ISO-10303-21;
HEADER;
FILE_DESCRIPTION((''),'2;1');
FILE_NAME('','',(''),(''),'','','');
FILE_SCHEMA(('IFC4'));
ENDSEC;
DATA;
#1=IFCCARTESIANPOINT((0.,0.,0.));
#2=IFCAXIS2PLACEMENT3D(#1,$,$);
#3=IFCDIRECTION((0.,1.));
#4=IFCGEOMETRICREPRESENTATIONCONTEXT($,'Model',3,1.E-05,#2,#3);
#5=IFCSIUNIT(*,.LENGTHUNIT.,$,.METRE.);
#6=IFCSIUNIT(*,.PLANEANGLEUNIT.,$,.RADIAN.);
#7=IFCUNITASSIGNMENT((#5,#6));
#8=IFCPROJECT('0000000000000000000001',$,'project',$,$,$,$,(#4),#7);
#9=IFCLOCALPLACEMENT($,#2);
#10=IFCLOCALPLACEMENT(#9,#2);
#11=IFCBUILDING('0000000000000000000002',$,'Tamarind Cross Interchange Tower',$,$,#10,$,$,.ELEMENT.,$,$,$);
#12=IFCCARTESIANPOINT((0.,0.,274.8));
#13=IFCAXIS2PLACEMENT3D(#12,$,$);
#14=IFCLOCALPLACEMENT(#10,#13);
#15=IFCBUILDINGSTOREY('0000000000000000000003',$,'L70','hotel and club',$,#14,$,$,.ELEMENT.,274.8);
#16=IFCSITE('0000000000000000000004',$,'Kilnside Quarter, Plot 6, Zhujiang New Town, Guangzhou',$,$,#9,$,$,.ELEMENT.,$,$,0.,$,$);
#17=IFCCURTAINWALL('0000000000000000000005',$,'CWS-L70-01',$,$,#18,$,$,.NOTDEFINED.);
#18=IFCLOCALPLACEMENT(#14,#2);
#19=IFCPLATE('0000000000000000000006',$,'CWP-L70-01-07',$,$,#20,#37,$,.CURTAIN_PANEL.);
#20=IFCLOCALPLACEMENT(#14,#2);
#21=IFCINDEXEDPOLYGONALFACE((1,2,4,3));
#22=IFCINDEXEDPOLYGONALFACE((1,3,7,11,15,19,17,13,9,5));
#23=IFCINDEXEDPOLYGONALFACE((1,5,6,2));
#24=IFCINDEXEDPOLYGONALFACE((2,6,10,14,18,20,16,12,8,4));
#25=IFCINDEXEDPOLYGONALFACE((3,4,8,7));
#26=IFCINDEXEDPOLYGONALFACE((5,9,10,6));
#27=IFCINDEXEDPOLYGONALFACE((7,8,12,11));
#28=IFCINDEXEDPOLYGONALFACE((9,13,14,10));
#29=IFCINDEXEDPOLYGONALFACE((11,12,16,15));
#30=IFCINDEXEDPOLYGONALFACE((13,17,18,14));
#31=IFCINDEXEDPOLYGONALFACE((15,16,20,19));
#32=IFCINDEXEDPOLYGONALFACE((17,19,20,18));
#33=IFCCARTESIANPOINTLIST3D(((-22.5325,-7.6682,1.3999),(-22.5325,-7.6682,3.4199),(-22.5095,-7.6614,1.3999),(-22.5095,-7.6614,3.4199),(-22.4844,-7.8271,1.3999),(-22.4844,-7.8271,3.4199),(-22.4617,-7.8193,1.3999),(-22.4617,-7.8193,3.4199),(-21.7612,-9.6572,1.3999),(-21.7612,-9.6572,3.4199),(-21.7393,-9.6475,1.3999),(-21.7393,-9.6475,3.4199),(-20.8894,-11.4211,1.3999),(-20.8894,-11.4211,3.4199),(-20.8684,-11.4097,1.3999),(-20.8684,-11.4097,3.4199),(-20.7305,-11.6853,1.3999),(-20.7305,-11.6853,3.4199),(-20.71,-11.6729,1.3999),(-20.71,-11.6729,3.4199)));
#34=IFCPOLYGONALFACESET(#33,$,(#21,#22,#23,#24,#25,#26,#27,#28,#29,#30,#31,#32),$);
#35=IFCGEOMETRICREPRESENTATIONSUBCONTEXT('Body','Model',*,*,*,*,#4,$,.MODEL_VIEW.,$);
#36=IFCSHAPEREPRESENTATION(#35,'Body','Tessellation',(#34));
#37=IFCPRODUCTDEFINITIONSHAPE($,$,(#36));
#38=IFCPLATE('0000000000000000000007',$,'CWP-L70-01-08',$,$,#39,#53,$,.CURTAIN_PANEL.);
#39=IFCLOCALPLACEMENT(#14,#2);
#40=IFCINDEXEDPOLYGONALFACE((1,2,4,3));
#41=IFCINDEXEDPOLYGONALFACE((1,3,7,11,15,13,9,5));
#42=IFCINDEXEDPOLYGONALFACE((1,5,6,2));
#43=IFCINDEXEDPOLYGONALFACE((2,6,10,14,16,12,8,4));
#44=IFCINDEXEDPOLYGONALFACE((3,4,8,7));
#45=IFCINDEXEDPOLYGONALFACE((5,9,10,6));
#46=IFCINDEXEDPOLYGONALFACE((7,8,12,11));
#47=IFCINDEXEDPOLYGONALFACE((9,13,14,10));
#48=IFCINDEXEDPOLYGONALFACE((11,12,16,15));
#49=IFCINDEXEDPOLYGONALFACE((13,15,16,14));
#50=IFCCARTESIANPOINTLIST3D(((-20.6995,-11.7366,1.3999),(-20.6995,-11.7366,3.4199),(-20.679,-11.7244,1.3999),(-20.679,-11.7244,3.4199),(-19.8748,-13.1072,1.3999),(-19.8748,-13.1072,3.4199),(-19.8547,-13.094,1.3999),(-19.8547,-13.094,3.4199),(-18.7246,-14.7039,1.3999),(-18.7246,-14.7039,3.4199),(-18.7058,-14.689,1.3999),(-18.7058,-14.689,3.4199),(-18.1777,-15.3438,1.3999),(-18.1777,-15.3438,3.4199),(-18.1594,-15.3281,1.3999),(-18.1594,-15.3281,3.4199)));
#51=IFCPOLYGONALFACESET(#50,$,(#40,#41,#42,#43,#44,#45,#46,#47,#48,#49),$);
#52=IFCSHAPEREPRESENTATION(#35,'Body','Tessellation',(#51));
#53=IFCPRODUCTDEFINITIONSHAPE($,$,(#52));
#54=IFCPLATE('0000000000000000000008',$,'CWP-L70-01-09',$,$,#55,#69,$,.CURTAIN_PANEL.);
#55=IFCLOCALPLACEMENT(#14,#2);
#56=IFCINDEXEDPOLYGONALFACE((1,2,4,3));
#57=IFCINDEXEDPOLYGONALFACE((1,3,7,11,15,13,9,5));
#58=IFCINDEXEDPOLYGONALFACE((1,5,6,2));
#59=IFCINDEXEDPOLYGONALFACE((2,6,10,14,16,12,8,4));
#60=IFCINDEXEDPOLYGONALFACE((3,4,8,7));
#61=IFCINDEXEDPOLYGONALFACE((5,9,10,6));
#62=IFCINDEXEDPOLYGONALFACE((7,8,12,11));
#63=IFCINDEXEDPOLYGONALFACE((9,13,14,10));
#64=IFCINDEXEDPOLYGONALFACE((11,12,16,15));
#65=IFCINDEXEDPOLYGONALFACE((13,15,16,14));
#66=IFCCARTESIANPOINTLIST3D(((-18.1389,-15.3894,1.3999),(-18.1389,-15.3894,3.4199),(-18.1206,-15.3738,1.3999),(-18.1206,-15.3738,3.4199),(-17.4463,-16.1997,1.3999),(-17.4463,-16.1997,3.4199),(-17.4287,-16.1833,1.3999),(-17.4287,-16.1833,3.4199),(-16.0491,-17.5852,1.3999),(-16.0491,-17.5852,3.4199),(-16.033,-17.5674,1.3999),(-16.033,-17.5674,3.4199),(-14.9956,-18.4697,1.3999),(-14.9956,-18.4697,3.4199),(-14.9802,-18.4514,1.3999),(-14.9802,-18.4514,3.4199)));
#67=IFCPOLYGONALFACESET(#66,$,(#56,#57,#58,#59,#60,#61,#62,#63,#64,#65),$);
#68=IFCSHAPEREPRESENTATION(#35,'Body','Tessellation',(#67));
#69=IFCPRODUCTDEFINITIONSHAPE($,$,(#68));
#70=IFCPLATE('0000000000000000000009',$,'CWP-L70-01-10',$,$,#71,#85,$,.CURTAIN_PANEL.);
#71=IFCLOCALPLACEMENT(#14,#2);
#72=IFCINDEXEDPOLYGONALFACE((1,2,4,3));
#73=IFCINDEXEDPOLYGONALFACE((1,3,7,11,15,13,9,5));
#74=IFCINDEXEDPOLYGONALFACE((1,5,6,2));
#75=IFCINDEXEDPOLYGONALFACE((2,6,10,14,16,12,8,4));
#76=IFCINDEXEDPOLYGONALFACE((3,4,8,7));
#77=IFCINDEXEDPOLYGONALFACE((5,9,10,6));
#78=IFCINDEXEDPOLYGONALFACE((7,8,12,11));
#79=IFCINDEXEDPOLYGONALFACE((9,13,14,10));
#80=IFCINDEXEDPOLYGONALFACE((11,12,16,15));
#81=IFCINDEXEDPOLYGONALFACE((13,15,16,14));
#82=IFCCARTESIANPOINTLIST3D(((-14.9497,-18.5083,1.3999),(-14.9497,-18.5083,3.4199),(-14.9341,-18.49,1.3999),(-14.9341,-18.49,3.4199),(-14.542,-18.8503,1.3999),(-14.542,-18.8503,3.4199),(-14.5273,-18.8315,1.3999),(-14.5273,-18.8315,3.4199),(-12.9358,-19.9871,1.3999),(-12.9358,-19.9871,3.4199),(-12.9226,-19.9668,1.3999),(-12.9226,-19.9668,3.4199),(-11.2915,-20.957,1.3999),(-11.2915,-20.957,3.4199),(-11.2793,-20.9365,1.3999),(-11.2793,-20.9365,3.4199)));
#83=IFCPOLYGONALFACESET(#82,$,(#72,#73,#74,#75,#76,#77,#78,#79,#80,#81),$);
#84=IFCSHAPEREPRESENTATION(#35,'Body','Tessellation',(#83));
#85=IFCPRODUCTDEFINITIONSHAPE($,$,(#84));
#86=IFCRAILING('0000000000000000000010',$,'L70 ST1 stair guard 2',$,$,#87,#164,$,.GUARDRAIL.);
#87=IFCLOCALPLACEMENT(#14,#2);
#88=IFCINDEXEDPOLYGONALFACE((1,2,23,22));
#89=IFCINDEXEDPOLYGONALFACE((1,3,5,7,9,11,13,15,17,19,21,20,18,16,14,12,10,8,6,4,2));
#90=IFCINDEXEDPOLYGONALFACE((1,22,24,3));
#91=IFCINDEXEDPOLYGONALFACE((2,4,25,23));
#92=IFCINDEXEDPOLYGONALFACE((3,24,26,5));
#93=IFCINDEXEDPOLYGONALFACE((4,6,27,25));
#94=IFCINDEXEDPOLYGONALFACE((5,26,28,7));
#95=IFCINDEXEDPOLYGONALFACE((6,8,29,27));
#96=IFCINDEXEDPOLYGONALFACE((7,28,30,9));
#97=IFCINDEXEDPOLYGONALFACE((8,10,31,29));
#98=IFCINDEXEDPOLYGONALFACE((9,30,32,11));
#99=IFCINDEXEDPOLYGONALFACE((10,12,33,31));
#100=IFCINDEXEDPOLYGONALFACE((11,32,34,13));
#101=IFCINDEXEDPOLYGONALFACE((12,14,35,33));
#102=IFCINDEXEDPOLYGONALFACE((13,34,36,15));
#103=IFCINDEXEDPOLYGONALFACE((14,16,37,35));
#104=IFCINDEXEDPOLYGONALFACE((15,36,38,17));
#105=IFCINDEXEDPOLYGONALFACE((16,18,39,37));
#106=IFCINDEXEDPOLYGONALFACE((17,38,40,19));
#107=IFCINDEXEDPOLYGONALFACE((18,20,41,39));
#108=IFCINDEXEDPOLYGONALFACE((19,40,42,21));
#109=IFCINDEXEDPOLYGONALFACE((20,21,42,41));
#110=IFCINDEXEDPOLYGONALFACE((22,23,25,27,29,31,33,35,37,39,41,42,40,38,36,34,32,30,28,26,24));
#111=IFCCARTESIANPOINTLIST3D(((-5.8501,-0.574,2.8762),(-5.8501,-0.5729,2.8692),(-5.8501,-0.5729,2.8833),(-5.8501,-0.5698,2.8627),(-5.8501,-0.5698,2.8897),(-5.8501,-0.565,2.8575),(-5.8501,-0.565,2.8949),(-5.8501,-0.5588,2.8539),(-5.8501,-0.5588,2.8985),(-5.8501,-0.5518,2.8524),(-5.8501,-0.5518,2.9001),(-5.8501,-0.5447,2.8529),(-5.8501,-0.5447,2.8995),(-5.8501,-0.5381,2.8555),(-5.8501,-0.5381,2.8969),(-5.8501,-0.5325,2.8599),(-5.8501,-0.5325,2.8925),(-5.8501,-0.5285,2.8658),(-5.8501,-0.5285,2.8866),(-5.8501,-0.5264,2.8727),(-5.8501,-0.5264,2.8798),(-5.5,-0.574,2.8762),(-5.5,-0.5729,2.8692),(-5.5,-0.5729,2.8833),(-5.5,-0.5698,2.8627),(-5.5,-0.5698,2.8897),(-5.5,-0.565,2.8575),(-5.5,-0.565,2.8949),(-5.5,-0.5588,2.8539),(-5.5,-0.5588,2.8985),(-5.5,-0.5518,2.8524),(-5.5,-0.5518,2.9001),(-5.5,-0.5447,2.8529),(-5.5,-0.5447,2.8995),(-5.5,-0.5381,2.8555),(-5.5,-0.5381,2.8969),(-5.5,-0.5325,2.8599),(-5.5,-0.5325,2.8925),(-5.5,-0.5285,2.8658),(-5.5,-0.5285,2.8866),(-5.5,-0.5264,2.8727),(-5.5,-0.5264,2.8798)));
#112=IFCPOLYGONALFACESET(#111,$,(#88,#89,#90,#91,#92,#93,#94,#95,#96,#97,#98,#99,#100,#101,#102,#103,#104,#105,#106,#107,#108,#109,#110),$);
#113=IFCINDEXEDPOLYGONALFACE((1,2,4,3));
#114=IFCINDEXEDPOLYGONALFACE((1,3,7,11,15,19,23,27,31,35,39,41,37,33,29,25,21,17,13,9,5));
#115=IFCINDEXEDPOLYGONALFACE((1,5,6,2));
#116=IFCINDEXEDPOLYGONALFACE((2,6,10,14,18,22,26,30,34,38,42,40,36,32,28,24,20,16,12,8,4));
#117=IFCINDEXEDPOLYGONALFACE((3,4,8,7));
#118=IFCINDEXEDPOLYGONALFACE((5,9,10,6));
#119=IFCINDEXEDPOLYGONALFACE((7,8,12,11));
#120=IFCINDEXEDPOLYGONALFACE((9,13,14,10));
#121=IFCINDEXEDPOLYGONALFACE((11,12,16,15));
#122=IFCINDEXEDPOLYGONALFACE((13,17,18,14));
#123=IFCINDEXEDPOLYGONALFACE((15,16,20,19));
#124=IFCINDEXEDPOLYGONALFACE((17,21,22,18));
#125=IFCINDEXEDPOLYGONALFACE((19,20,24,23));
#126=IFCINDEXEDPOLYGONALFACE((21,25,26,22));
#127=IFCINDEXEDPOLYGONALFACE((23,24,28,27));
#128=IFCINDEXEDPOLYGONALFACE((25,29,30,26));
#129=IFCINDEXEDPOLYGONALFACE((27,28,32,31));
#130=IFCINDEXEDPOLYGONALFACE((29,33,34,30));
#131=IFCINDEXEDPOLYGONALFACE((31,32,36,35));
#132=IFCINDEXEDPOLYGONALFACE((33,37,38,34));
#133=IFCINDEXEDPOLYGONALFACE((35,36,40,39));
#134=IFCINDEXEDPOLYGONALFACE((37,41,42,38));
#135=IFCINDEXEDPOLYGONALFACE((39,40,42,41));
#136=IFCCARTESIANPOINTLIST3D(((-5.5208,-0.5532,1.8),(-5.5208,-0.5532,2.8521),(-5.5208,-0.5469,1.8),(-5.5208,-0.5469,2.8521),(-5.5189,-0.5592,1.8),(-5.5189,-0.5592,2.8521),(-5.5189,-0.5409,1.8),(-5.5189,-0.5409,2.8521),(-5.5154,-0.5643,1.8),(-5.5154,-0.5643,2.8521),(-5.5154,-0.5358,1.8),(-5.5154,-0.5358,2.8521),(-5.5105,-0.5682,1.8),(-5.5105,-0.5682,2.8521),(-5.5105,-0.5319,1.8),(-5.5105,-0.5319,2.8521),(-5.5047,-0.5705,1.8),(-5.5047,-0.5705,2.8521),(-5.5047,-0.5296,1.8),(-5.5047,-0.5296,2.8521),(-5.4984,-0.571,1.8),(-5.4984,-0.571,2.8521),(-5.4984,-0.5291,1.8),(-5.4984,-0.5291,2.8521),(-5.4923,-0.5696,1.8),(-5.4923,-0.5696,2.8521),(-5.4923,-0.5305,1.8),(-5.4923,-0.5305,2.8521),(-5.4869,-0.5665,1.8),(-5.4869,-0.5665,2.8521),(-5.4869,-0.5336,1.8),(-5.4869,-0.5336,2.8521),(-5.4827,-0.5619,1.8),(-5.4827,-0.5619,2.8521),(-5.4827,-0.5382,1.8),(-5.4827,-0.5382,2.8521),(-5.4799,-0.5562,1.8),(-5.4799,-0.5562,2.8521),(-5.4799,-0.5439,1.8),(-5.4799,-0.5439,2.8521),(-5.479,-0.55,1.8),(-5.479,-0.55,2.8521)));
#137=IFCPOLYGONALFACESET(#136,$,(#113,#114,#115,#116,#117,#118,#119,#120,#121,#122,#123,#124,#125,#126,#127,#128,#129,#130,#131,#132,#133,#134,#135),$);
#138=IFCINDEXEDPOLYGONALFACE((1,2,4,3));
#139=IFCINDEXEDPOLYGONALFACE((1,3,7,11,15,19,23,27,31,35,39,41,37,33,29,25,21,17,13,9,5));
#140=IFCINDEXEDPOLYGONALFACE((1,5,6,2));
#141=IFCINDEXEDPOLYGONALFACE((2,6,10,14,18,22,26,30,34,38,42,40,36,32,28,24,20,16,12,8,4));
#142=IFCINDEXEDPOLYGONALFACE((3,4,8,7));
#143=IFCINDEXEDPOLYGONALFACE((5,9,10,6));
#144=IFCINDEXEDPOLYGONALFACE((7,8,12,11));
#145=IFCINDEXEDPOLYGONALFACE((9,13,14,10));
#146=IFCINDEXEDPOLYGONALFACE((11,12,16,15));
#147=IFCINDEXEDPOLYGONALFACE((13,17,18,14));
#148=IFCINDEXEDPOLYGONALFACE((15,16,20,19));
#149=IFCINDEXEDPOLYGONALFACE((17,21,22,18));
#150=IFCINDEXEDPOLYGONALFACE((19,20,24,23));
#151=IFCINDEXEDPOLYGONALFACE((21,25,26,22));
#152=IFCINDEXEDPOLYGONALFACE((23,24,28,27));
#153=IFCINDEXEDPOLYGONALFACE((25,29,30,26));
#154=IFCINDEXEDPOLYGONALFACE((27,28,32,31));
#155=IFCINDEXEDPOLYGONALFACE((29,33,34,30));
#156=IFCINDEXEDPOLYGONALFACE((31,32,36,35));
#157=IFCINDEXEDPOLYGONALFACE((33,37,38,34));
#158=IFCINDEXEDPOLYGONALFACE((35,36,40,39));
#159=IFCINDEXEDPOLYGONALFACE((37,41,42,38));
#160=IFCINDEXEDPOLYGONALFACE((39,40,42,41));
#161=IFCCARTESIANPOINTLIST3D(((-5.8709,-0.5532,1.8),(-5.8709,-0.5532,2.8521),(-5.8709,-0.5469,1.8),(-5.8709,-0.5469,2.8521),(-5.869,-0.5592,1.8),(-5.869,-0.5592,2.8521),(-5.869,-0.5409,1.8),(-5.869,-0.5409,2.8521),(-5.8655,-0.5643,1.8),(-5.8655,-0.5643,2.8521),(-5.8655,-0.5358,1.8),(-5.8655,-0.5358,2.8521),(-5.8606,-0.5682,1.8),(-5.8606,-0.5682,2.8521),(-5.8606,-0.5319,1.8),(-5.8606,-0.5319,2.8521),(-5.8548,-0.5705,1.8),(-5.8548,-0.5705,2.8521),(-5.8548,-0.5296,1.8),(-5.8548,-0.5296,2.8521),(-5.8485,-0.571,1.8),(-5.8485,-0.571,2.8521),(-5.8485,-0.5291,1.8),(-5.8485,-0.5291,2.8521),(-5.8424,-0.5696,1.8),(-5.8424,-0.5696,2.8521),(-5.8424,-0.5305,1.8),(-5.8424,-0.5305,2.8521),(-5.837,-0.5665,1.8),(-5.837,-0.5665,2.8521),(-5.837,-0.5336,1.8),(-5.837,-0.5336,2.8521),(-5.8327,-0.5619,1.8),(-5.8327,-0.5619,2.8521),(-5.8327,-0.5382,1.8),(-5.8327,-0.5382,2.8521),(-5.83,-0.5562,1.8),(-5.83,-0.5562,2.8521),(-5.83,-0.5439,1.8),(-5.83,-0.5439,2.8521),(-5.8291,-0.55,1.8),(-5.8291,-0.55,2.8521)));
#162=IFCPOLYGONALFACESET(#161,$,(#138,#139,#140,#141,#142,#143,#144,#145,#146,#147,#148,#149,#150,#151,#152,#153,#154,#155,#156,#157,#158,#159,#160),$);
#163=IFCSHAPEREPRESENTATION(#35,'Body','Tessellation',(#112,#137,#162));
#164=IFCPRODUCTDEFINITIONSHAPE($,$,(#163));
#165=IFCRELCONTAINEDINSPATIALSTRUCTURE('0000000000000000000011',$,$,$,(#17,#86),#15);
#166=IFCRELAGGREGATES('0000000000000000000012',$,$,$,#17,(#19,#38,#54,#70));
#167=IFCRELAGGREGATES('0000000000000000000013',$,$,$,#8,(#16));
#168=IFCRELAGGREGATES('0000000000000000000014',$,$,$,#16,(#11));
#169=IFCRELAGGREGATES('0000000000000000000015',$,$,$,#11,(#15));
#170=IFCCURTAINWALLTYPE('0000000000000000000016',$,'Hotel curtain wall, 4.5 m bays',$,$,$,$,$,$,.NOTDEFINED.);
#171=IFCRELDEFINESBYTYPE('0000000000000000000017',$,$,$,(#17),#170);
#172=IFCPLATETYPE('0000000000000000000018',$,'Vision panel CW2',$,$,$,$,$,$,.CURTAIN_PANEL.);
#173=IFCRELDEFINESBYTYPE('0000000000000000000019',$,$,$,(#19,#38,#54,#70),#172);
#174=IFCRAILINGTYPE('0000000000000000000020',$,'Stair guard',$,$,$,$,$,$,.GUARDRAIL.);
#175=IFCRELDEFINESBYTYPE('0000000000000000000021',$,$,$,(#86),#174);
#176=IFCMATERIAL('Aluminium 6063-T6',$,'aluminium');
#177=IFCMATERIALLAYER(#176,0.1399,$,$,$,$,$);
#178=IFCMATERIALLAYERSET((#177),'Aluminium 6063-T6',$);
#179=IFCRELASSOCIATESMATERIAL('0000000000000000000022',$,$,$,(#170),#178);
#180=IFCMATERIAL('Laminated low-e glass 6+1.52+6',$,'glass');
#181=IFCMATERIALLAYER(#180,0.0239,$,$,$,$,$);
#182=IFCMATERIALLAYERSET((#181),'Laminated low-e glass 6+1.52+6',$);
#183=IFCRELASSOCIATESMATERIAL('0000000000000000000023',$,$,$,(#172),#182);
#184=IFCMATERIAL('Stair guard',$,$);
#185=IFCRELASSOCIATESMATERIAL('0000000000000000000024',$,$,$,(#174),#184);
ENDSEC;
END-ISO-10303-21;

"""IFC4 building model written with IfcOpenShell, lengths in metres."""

from ifc_helpers import new_model, si_unit, direction, frame, origin, origin_2d, place, context, subcontext, project, spatial, polyline, circle, outline, extrude, material, layer, layer_set, type_object, element, aggregate, save


model = new_model("IFC4")

# Units and contexts
model_context = context("Model", 3, precision=1e-05, world=origin(), true_north=direction((0.0, 1.0)))
body_context = subcontext(model_context, "Body", "Model", "MODEL_VIEW")
ifc_project = project(units=[si_unit("LENGTHUNIT", "METRE"), si_unit("PLANEANGLEUNIT", "RADIAN")], contexts=[model_context])

# Site, building, storey
site_placement = place(None, origin())
site = spatial("IfcSite", under=ifc_project, at=site_placement, Name="Kilnside Quarter, Plot 6, Zhujiang New Town, Guangzhou", CompositionType="ELEMENT", RefElevation=0.0)
building_placement = place(site_placement, origin())
building = spatial("IfcBuilding", under=site, at=building_placement, Name="Tamarind Cross Interchange Tower", CompositionType="ELEMENT")
storey_placement = place(building_placement, frame((0.0, 0.0, 274.8)))
storey = spatial("IfcBuildingStorey", under=building, at=storey_placement, Name="L70", Description="hotel and club", CompositionType="ELEMENT", Elevation=274.8)

# Shared definitions
ifc_material_1 = material(Name="Aluminium 6063-T6", Category="aluminium")
ifc_layer_1 = layer(ifc_material_1, 0.1399)
ifc_layer_set_1 = layer_set([ifc_layer_1], Name="Aluminium 6063-T6")
curtain_wall_type = type_object("IfcCurtainWallType", Name="Hotel curtain wall, 4.5 m bays", PredefinedType="NOTDEFINED", material=ifc_layer_set_1)

# Shared definitions
ifc_material_2 = material(Name="Laminated low-e glass 6+1.52+6", Category="glass")
ifc_layer_2 = layer(ifc_material_2, 0.0239)
ifc_layer_set_2 = layer_set([ifc_layer_2], Name="Laminated low-e glass 6+1.52+6")
plate_type = type_object("IfcPlateType", Name="Vision panel CW2", PredefinedType="CURTAIN_PANEL", material=ifc_layer_set_2)

# Curtain wall, plates
curtain_wall_1_placement = place(storey_placement, origin())
curtain_wall_1 = element("IfcCurtainWall", 1, at=curtain_wall_1_placement, inside=storey, type_object=curtain_wall_type, Name="CWS-L70-01", PredefinedType="NOTDEFINED")
plate_1_placement = place(storey_placement, frame((0.0, 0.0, 1.3999)))
plate_1 = element("IfcPlate", 2, at=plate_1_placement, type_object=plate_type, Name="CWP-L70-01-07", PredefinedType="CURTAIN_PANEL", context=body_context, shape_type="SweptSolid", body=[
    extrude(outline(polyline([(-22.5095, -7.6614), (-22.4617, -7.8193), (-21.7393, -9.6475), (-20.8684, -11.4097), (-20.71, -11.6729), (-20.7305, -11.6853), (-20.8894, -11.4211), (-21.7612, -9.6572), (-22.4844, -7.8271), (-22.5325, -7.6682), (-22.5095, -7.6614)])), origin(), (0.0, 0.0, 1.0), 2.02),
])
plate_2_placement = place(storey_placement, frame((0.0, 0.0, 1.3999)))
plate_2 = element("IfcPlate", 3, at=plate_2_placement, type_object=plate_type, Name="CWP-L70-01-08", PredefinedType="CURTAIN_PANEL", context=body_context, shape_type="SweptSolid", body=[
    extrude(outline(polyline([(-20.679, -11.7244), (-19.8547, -13.094), (-18.7058, -14.689), (-18.1594, -15.3281), (-18.1777, -15.3438), (-18.7246, -14.7039), (-19.8748, -13.1072), (-20.6995, -11.7366), (-20.679, -11.7244)])), origin(), (0.0, 0.0, 1.0), 2.02),
])
plate_3_placement = place(storey_placement, frame((0.0, 0.0, 1.3999)))
plate_3 = element("IfcPlate", 4, at=plate_3_placement, type_object=plate_type, Name="CWP-L70-01-09", PredefinedType="CURTAIN_PANEL", context=body_context, shape_type="SweptSolid", body=[
    extrude(outline(polyline([(-18.1206, -15.3738), (-17.4287, -16.1833), (-16.033, -17.5674), (-14.9802, -18.4514), (-14.9956, -18.4697), (-16.0491, -17.5852), (-17.4463, -16.1997), (-18.1389, -15.3894), (-18.1206, -15.3738)])), origin(), (0.0, 0.0, 1.0), 2.02),
])
plate_4_placement = place(storey_placement, frame((0.0, 0.0, 1.3999)))
plate_4 = element("IfcPlate", 5, at=plate_4_placement, type_object=plate_type, Name="CWP-L70-01-10", PredefinedType="CURTAIN_PANEL", context=body_context, shape_type="SweptSolid", body=[
    extrude(outline(polyline([(-14.9341, -18.49), (-14.5273, -18.8315), (-12.9226, -19.9668), (-11.2793, -20.9365), (-11.2915, -20.957), (-12.9358, -19.9871), (-14.542, -18.8503), (-14.9497, -18.5083), (-14.9341, -18.49)])), origin(), (0.0, 0.0, 1.0), 2.02),
])
aggregate(curtain_wall_1, [plate_1, plate_2, plate_3, plate_4])

# Railing
ifc_material_3 = material(Name="Stair guard")
railing_type = type_object("IfcRailingType", Name="Stair guard", PredefinedType="GUARDRAIL", material=ifc_material_3)
railing_1_placement = place(storey_placement, frame((-5.5, -0.55, 1.8)))
element("IfcRailing", 6, at=railing_1_placement, inside=storey, type_object=railing_type, Name="L70 ST1 stair guard 2", PredefinedType="GUARDRAIL", context=body_context, shape_type="SweptSolid", body=[
    extrude(circle(Radius=0.0239, at=origin_2d()), frame((0.0, 0.0, 1.0762), z_axis=(-1.0, 0.0, 0.0), x_axis=(0.0, -1.0, 0.0)), (0.0, 0.0, 1.0), 0.3501),
    extrude(circle(Radius=0.021, at=origin_2d()), origin(), (0.0, 0.0, 1.0), 1.052),
    extrude(circle(Radius=0.021, at=origin_2d()), frame((-0.3501, 0.0, 0.0)), (0.0, 0.0, 1.0), 1.052),
])

save(model, "model.ifc")
